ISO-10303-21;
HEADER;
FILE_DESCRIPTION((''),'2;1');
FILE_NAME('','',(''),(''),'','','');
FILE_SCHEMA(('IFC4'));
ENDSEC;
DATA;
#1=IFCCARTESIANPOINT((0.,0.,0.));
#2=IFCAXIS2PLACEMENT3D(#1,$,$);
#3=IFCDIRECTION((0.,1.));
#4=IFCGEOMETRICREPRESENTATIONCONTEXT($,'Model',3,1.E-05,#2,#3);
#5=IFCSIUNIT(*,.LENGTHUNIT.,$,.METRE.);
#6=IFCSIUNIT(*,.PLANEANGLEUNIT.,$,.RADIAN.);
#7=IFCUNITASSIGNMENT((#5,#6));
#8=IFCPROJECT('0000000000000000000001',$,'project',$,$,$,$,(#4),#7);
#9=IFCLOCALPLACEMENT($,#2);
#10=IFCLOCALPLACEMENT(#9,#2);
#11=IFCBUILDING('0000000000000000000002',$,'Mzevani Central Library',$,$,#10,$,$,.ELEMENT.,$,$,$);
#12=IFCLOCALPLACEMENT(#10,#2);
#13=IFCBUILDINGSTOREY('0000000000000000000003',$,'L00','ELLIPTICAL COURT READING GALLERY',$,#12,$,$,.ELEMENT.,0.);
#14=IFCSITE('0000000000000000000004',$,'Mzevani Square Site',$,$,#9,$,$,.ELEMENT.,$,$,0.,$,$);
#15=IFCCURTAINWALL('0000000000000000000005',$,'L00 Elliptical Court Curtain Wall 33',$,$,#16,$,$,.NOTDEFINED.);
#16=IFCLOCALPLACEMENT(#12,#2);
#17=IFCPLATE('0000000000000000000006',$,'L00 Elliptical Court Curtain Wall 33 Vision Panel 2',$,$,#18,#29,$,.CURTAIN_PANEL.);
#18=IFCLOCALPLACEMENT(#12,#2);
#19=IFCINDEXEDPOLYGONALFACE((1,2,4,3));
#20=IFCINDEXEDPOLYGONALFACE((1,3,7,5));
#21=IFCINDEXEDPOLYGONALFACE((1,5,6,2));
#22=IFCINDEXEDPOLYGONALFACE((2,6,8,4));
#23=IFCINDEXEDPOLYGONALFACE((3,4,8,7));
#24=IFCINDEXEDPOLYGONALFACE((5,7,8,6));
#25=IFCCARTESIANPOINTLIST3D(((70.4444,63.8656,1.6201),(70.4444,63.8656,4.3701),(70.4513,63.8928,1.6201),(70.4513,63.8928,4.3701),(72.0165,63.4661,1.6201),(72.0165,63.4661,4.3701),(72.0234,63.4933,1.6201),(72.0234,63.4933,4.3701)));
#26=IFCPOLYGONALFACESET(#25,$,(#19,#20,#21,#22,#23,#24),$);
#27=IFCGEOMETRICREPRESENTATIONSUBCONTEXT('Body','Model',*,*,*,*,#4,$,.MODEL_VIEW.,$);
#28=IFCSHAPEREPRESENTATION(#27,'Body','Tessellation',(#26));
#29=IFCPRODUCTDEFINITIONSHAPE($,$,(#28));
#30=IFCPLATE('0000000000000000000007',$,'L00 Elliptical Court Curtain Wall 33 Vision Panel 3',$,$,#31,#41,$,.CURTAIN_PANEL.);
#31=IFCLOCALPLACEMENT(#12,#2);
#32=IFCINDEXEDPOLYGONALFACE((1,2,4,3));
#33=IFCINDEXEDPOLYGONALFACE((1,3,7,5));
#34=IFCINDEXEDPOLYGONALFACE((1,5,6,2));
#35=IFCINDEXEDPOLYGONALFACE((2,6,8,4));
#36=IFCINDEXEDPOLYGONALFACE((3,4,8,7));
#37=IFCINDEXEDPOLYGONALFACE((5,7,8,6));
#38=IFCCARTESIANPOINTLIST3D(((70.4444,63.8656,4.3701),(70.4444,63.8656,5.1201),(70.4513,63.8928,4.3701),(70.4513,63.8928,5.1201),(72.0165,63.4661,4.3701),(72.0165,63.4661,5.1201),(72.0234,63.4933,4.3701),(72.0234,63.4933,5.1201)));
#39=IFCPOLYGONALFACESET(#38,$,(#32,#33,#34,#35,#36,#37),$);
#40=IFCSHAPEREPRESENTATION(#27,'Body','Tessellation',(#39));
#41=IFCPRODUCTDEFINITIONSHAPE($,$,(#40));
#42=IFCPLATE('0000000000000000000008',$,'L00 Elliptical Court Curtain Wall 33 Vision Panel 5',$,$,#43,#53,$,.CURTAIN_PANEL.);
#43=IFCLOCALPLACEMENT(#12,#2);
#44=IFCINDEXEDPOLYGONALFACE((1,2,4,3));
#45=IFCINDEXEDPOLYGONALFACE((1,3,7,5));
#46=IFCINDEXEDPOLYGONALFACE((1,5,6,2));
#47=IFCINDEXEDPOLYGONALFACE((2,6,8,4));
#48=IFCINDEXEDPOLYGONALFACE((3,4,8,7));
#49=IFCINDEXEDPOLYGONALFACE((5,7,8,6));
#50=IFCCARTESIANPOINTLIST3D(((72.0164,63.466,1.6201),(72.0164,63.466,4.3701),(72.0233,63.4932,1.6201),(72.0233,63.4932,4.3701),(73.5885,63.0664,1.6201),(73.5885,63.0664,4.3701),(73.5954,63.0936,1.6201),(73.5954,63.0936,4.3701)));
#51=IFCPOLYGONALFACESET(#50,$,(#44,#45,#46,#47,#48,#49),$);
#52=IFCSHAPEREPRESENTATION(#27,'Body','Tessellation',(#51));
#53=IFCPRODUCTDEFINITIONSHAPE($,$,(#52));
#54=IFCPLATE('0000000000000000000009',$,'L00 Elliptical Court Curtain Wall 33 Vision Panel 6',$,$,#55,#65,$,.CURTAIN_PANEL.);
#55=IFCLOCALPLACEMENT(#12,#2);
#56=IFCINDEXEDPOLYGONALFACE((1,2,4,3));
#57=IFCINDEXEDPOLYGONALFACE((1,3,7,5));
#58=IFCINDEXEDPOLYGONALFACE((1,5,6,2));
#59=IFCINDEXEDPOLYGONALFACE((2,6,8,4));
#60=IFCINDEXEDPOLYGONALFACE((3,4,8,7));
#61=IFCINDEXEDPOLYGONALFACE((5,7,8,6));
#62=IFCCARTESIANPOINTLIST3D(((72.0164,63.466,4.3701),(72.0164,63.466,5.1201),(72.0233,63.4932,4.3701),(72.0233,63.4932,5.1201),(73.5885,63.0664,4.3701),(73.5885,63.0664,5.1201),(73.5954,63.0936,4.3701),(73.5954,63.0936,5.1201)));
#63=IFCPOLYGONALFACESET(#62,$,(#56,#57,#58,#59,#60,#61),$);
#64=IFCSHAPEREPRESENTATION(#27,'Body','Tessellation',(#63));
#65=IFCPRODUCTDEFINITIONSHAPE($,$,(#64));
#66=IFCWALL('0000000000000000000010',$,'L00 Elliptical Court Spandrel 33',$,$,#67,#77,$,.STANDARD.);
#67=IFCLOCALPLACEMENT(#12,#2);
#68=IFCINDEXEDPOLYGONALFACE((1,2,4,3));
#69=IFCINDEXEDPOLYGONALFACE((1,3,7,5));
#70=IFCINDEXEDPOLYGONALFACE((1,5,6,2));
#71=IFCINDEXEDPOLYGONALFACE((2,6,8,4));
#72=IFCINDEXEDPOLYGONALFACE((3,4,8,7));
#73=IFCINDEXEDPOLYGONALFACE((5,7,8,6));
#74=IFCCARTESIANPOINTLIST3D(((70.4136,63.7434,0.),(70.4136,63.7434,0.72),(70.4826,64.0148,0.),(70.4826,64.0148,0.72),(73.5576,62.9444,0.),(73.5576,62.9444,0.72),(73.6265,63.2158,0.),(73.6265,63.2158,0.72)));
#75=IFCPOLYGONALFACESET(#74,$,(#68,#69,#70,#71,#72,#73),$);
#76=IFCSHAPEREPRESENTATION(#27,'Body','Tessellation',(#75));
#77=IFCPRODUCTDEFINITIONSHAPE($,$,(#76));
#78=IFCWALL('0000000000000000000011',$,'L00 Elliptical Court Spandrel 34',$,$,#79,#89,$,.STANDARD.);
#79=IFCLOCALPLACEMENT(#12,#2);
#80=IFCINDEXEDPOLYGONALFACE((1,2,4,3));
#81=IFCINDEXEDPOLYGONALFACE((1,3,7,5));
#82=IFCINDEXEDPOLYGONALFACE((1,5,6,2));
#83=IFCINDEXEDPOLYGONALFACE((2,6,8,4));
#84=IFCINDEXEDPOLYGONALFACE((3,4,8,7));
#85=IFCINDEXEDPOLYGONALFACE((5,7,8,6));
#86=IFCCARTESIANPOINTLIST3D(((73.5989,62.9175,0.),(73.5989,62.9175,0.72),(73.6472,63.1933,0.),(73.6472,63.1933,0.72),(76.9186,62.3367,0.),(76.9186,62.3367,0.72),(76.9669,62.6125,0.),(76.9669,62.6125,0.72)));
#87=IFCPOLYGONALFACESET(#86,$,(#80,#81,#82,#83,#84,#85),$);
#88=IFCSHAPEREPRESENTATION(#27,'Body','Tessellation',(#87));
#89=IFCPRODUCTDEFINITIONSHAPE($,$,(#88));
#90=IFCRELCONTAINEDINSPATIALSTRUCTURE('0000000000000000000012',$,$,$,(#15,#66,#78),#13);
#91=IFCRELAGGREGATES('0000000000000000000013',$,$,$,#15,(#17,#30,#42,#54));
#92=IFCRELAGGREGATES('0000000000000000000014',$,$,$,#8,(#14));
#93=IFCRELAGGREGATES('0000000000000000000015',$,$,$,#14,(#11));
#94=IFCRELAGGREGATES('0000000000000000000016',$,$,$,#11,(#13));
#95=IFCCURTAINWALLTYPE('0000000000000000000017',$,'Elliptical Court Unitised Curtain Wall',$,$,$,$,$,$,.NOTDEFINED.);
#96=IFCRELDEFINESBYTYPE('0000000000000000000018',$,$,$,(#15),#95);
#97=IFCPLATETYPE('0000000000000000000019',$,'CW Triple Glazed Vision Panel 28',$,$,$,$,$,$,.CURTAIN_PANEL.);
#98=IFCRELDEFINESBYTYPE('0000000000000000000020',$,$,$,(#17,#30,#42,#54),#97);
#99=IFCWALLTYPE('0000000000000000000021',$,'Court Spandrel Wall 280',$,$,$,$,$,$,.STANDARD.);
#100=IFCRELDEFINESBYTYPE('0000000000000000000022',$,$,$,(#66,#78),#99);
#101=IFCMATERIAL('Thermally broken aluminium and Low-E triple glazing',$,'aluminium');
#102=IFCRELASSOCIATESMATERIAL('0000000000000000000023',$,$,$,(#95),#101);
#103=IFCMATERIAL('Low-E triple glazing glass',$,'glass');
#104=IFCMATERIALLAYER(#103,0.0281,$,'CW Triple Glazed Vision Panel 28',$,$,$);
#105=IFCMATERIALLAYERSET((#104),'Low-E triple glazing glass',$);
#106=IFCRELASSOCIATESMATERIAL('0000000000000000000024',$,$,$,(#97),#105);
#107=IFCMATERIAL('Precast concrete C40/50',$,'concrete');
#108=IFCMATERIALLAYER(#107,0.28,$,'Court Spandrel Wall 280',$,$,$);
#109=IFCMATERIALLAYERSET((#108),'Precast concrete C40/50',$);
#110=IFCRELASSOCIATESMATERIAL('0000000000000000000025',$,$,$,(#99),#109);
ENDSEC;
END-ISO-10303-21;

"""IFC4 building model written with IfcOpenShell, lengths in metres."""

from ifc_helpers import new_model, si_unit, direction, frame, frame_2d, origin, origin_2d, place, context, subcontext, project, spatial, rectangle, extrude, material, layer, layer_set, type_object, element, aggregate, save


model = new_model("IFC4")

# Units and contexts
model_context = context("Model", 3, precision=1e-05, world=origin(), true_north=direction((0.0, 1.0)))
body_context = subcontext(model_context, "Body", "Model", "MODEL_VIEW")
ifc_project = project(units=[si_unit("LENGTHUNIT", "METRE"), si_unit("PLANEANGLEUNIT", "RADIAN")], contexts=[model_context])

# Site, building, storey
site_placement = place(None, origin())
site = spatial("IfcSite", under=ifc_project, at=site_placement, Name="Mzevani Square Site", CompositionType="ELEMENT", RefElevation=0.0)
building_placement = place(site_placement, origin())
building = spatial("IfcBuilding", under=site, at=building_placement, Name="Mzevani Central Library", CompositionType="ELEMENT")
storey_placement = place(building_placement, origin())
storey = spatial("IfcBuildingStorey", under=building, at=storey_placement, Name="L00", Description="ELLIPTICAL COURT READING GALLERY", CompositionType="ELEMENT", Elevation=0.0)

# Curtain wall
ifc_material_1 = material(Name="Thermally broken aluminium and Low-E triple glazing", Category="aluminium")
curtain_wall_type_1 = type_object("IfcCurtainWallType", Name="Elliptical Court Unitised Curtain Wall", PredefinedType="NOTDEFINED", material=ifc_material_1)
curtain_wall_1_placement = place(storey_placement, origin())
curtain_wall_1 = element("IfcCurtainWall", 1, at=curtain_wall_1_placement, inside=storey, type_object=curtain_wall_type_1, Name="L00 Elliptical Court Curtain Wall 33", PredefinedType="NOTDEFINED")

# Plates
ifc_material_2 = material(Name="Low-E triple glazing glass", Category="glass")
ifc_layer_1 = layer(ifc_material_2, 0.0281, Name="CW Triple Glazed Vision Panel 28")
ifc_layer_set_1 = layer_set([ifc_layer_1], Name="Low-E triple glazing glass")
plate_type_1 = type_object("IfcPlateType", Name="CW Triple Glazed Vision Panel 28", PredefinedType="CURTAIN_PANEL", material=ifc_layer_set_1)
plate_1_placement = place(storey_placement, frame((71.2339, 63.6794, 1.6201), z_axis=(0.0, 0.0, 1.0), x_axis=(0.969187, -0.246328, 0.0)))
plate_1 = element("IfcPlate", 2, at=plate_1_placement, type_object=plate_type_1, Name="L00 Elliptical Court Curtain Wall 33 Vision Panel 2", PredefinedType="CURTAIN_PANEL", context=body_context, shape_type="SweptSolid", body=[
    extrude(rectangle(XDim=1.6221, YDim=0.0281, at=origin_2d()), origin(), (0.0, 0.0, 1.0), 2.75),
])
plate_2_placement = place(storey_placement, frame((71.2339, 63.6794, 4.3701), z_axis=(0.0, 0.0, 1.0), x_axis=(0.969187, -0.246328, 0.0)))
plate_2 = element("IfcPlate", 3, at=plate_2_placement, type_object=plate_type_1, Name="L00 Elliptical Court Curtain Wall 33 Vision Panel 3", PredefinedType="CURTAIN_PANEL", context=body_context, shape_type="SweptSolid", body=[
    extrude(rectangle(XDim=1.6221, YDim=0.0281, at=origin_2d()), origin(), (0.0, 0.0, 1.0), 0.75),
])
plate_3_placement = place(storey_placement, frame((72.8059, 63.2798, 1.6201), z_axis=(0.0, 0.0, 1.0), x_axis=(0.969187, -0.246328, 0.0)))
plate_3 = element("IfcPlate", 4, at=plate_3_placement, type_object=plate_type_1, Name="L00 Elliptical Court Curtain Wall 33 Vision Panel 5", PredefinedType="CURTAIN_PANEL", context=body_context, shape_type="SweptSolid", body=[
    extrude(rectangle(XDim=1.6221, YDim=0.0281, at=origin_2d()), origin(), (0.0, 0.0, 1.0), 2.75),
])
plate_4_placement = place(storey_placement, frame((72.8059, 63.2798, 4.3701), z_axis=(0.0, 0.0, 1.0), x_axis=(0.969187, -0.246328, 0.0)))
plate_4 = element("IfcPlate", 5, at=plate_4_placement, type_object=plate_type_1, Name="L00 Elliptical Court Curtain Wall 33 Vision Panel 6", PredefinedType="CURTAIN_PANEL", context=body_context, shape_type="SweptSolid", body=[
    extrude(rectangle(XDim=1.6221, YDim=0.0281, at=origin_2d()), origin(), (0.0, 0.0, 1.0), 0.75),
])
aggregate(curtain_wall_1, [plate_1, plate_2, plate_3, plate_4])

# Walls
ifc_material_3 = material(Name="Precast concrete C40/50", Category="concrete")
ifc_layer_2 = layer(ifc_material_3, 0.28, Name="Court Spandrel Wall 280")
ifc_layer_set_2 = layer_set([ifc_layer_2], Name="Precast concrete C40/50")
wall_type = type_object("IfcWallType", Name="Court Spandrel Wall 280", PredefinedType="STANDARD", material=ifc_layer_set_2)
wall_1_placement = place(storey_placement, frame((70.448, 63.8792, 0.0), z_axis=(0.0, 0.0, 1.0), x_axis=(0.969188, -0.246323, 0.0)))
element("IfcWall", 6, at=wall_1_placement, inside=storey, type_object=wall_type, Name="L00 Elliptical Court Spandrel 33", PredefinedType="STANDARD", context=body_context, shape_type="SweptSolid", body=[
    extrude(rectangle(XDim=3.2439, YDim=0.28, at=frame_2d((1.6221, 0.0))), origin(), (0.0, 0.0, 1.0), 0.72),
])
wall_2_placement = place(storey_placement, frame((73.623, 63.0554, 0.0), z_axis=(0.0, 0.0, 1.0), x_axis=(0.985036, -0.172347, 0.0)))
element("IfcWall", 7, at=wall_2_placement, inside=storey, type_object=wall_type, Name="L00 Elliptical Court Spandrel 34", PredefinedType="STANDARD", context=body_context, shape_type="SweptSolid", body=[
    extrude(rectangle(XDim=3.3701, YDim=0.28, at=frame_2d((1.6851, 0.0))), origin(), (0.0, 0.0, 1.0), 0.72),
])

save(model, "model.ifc")
